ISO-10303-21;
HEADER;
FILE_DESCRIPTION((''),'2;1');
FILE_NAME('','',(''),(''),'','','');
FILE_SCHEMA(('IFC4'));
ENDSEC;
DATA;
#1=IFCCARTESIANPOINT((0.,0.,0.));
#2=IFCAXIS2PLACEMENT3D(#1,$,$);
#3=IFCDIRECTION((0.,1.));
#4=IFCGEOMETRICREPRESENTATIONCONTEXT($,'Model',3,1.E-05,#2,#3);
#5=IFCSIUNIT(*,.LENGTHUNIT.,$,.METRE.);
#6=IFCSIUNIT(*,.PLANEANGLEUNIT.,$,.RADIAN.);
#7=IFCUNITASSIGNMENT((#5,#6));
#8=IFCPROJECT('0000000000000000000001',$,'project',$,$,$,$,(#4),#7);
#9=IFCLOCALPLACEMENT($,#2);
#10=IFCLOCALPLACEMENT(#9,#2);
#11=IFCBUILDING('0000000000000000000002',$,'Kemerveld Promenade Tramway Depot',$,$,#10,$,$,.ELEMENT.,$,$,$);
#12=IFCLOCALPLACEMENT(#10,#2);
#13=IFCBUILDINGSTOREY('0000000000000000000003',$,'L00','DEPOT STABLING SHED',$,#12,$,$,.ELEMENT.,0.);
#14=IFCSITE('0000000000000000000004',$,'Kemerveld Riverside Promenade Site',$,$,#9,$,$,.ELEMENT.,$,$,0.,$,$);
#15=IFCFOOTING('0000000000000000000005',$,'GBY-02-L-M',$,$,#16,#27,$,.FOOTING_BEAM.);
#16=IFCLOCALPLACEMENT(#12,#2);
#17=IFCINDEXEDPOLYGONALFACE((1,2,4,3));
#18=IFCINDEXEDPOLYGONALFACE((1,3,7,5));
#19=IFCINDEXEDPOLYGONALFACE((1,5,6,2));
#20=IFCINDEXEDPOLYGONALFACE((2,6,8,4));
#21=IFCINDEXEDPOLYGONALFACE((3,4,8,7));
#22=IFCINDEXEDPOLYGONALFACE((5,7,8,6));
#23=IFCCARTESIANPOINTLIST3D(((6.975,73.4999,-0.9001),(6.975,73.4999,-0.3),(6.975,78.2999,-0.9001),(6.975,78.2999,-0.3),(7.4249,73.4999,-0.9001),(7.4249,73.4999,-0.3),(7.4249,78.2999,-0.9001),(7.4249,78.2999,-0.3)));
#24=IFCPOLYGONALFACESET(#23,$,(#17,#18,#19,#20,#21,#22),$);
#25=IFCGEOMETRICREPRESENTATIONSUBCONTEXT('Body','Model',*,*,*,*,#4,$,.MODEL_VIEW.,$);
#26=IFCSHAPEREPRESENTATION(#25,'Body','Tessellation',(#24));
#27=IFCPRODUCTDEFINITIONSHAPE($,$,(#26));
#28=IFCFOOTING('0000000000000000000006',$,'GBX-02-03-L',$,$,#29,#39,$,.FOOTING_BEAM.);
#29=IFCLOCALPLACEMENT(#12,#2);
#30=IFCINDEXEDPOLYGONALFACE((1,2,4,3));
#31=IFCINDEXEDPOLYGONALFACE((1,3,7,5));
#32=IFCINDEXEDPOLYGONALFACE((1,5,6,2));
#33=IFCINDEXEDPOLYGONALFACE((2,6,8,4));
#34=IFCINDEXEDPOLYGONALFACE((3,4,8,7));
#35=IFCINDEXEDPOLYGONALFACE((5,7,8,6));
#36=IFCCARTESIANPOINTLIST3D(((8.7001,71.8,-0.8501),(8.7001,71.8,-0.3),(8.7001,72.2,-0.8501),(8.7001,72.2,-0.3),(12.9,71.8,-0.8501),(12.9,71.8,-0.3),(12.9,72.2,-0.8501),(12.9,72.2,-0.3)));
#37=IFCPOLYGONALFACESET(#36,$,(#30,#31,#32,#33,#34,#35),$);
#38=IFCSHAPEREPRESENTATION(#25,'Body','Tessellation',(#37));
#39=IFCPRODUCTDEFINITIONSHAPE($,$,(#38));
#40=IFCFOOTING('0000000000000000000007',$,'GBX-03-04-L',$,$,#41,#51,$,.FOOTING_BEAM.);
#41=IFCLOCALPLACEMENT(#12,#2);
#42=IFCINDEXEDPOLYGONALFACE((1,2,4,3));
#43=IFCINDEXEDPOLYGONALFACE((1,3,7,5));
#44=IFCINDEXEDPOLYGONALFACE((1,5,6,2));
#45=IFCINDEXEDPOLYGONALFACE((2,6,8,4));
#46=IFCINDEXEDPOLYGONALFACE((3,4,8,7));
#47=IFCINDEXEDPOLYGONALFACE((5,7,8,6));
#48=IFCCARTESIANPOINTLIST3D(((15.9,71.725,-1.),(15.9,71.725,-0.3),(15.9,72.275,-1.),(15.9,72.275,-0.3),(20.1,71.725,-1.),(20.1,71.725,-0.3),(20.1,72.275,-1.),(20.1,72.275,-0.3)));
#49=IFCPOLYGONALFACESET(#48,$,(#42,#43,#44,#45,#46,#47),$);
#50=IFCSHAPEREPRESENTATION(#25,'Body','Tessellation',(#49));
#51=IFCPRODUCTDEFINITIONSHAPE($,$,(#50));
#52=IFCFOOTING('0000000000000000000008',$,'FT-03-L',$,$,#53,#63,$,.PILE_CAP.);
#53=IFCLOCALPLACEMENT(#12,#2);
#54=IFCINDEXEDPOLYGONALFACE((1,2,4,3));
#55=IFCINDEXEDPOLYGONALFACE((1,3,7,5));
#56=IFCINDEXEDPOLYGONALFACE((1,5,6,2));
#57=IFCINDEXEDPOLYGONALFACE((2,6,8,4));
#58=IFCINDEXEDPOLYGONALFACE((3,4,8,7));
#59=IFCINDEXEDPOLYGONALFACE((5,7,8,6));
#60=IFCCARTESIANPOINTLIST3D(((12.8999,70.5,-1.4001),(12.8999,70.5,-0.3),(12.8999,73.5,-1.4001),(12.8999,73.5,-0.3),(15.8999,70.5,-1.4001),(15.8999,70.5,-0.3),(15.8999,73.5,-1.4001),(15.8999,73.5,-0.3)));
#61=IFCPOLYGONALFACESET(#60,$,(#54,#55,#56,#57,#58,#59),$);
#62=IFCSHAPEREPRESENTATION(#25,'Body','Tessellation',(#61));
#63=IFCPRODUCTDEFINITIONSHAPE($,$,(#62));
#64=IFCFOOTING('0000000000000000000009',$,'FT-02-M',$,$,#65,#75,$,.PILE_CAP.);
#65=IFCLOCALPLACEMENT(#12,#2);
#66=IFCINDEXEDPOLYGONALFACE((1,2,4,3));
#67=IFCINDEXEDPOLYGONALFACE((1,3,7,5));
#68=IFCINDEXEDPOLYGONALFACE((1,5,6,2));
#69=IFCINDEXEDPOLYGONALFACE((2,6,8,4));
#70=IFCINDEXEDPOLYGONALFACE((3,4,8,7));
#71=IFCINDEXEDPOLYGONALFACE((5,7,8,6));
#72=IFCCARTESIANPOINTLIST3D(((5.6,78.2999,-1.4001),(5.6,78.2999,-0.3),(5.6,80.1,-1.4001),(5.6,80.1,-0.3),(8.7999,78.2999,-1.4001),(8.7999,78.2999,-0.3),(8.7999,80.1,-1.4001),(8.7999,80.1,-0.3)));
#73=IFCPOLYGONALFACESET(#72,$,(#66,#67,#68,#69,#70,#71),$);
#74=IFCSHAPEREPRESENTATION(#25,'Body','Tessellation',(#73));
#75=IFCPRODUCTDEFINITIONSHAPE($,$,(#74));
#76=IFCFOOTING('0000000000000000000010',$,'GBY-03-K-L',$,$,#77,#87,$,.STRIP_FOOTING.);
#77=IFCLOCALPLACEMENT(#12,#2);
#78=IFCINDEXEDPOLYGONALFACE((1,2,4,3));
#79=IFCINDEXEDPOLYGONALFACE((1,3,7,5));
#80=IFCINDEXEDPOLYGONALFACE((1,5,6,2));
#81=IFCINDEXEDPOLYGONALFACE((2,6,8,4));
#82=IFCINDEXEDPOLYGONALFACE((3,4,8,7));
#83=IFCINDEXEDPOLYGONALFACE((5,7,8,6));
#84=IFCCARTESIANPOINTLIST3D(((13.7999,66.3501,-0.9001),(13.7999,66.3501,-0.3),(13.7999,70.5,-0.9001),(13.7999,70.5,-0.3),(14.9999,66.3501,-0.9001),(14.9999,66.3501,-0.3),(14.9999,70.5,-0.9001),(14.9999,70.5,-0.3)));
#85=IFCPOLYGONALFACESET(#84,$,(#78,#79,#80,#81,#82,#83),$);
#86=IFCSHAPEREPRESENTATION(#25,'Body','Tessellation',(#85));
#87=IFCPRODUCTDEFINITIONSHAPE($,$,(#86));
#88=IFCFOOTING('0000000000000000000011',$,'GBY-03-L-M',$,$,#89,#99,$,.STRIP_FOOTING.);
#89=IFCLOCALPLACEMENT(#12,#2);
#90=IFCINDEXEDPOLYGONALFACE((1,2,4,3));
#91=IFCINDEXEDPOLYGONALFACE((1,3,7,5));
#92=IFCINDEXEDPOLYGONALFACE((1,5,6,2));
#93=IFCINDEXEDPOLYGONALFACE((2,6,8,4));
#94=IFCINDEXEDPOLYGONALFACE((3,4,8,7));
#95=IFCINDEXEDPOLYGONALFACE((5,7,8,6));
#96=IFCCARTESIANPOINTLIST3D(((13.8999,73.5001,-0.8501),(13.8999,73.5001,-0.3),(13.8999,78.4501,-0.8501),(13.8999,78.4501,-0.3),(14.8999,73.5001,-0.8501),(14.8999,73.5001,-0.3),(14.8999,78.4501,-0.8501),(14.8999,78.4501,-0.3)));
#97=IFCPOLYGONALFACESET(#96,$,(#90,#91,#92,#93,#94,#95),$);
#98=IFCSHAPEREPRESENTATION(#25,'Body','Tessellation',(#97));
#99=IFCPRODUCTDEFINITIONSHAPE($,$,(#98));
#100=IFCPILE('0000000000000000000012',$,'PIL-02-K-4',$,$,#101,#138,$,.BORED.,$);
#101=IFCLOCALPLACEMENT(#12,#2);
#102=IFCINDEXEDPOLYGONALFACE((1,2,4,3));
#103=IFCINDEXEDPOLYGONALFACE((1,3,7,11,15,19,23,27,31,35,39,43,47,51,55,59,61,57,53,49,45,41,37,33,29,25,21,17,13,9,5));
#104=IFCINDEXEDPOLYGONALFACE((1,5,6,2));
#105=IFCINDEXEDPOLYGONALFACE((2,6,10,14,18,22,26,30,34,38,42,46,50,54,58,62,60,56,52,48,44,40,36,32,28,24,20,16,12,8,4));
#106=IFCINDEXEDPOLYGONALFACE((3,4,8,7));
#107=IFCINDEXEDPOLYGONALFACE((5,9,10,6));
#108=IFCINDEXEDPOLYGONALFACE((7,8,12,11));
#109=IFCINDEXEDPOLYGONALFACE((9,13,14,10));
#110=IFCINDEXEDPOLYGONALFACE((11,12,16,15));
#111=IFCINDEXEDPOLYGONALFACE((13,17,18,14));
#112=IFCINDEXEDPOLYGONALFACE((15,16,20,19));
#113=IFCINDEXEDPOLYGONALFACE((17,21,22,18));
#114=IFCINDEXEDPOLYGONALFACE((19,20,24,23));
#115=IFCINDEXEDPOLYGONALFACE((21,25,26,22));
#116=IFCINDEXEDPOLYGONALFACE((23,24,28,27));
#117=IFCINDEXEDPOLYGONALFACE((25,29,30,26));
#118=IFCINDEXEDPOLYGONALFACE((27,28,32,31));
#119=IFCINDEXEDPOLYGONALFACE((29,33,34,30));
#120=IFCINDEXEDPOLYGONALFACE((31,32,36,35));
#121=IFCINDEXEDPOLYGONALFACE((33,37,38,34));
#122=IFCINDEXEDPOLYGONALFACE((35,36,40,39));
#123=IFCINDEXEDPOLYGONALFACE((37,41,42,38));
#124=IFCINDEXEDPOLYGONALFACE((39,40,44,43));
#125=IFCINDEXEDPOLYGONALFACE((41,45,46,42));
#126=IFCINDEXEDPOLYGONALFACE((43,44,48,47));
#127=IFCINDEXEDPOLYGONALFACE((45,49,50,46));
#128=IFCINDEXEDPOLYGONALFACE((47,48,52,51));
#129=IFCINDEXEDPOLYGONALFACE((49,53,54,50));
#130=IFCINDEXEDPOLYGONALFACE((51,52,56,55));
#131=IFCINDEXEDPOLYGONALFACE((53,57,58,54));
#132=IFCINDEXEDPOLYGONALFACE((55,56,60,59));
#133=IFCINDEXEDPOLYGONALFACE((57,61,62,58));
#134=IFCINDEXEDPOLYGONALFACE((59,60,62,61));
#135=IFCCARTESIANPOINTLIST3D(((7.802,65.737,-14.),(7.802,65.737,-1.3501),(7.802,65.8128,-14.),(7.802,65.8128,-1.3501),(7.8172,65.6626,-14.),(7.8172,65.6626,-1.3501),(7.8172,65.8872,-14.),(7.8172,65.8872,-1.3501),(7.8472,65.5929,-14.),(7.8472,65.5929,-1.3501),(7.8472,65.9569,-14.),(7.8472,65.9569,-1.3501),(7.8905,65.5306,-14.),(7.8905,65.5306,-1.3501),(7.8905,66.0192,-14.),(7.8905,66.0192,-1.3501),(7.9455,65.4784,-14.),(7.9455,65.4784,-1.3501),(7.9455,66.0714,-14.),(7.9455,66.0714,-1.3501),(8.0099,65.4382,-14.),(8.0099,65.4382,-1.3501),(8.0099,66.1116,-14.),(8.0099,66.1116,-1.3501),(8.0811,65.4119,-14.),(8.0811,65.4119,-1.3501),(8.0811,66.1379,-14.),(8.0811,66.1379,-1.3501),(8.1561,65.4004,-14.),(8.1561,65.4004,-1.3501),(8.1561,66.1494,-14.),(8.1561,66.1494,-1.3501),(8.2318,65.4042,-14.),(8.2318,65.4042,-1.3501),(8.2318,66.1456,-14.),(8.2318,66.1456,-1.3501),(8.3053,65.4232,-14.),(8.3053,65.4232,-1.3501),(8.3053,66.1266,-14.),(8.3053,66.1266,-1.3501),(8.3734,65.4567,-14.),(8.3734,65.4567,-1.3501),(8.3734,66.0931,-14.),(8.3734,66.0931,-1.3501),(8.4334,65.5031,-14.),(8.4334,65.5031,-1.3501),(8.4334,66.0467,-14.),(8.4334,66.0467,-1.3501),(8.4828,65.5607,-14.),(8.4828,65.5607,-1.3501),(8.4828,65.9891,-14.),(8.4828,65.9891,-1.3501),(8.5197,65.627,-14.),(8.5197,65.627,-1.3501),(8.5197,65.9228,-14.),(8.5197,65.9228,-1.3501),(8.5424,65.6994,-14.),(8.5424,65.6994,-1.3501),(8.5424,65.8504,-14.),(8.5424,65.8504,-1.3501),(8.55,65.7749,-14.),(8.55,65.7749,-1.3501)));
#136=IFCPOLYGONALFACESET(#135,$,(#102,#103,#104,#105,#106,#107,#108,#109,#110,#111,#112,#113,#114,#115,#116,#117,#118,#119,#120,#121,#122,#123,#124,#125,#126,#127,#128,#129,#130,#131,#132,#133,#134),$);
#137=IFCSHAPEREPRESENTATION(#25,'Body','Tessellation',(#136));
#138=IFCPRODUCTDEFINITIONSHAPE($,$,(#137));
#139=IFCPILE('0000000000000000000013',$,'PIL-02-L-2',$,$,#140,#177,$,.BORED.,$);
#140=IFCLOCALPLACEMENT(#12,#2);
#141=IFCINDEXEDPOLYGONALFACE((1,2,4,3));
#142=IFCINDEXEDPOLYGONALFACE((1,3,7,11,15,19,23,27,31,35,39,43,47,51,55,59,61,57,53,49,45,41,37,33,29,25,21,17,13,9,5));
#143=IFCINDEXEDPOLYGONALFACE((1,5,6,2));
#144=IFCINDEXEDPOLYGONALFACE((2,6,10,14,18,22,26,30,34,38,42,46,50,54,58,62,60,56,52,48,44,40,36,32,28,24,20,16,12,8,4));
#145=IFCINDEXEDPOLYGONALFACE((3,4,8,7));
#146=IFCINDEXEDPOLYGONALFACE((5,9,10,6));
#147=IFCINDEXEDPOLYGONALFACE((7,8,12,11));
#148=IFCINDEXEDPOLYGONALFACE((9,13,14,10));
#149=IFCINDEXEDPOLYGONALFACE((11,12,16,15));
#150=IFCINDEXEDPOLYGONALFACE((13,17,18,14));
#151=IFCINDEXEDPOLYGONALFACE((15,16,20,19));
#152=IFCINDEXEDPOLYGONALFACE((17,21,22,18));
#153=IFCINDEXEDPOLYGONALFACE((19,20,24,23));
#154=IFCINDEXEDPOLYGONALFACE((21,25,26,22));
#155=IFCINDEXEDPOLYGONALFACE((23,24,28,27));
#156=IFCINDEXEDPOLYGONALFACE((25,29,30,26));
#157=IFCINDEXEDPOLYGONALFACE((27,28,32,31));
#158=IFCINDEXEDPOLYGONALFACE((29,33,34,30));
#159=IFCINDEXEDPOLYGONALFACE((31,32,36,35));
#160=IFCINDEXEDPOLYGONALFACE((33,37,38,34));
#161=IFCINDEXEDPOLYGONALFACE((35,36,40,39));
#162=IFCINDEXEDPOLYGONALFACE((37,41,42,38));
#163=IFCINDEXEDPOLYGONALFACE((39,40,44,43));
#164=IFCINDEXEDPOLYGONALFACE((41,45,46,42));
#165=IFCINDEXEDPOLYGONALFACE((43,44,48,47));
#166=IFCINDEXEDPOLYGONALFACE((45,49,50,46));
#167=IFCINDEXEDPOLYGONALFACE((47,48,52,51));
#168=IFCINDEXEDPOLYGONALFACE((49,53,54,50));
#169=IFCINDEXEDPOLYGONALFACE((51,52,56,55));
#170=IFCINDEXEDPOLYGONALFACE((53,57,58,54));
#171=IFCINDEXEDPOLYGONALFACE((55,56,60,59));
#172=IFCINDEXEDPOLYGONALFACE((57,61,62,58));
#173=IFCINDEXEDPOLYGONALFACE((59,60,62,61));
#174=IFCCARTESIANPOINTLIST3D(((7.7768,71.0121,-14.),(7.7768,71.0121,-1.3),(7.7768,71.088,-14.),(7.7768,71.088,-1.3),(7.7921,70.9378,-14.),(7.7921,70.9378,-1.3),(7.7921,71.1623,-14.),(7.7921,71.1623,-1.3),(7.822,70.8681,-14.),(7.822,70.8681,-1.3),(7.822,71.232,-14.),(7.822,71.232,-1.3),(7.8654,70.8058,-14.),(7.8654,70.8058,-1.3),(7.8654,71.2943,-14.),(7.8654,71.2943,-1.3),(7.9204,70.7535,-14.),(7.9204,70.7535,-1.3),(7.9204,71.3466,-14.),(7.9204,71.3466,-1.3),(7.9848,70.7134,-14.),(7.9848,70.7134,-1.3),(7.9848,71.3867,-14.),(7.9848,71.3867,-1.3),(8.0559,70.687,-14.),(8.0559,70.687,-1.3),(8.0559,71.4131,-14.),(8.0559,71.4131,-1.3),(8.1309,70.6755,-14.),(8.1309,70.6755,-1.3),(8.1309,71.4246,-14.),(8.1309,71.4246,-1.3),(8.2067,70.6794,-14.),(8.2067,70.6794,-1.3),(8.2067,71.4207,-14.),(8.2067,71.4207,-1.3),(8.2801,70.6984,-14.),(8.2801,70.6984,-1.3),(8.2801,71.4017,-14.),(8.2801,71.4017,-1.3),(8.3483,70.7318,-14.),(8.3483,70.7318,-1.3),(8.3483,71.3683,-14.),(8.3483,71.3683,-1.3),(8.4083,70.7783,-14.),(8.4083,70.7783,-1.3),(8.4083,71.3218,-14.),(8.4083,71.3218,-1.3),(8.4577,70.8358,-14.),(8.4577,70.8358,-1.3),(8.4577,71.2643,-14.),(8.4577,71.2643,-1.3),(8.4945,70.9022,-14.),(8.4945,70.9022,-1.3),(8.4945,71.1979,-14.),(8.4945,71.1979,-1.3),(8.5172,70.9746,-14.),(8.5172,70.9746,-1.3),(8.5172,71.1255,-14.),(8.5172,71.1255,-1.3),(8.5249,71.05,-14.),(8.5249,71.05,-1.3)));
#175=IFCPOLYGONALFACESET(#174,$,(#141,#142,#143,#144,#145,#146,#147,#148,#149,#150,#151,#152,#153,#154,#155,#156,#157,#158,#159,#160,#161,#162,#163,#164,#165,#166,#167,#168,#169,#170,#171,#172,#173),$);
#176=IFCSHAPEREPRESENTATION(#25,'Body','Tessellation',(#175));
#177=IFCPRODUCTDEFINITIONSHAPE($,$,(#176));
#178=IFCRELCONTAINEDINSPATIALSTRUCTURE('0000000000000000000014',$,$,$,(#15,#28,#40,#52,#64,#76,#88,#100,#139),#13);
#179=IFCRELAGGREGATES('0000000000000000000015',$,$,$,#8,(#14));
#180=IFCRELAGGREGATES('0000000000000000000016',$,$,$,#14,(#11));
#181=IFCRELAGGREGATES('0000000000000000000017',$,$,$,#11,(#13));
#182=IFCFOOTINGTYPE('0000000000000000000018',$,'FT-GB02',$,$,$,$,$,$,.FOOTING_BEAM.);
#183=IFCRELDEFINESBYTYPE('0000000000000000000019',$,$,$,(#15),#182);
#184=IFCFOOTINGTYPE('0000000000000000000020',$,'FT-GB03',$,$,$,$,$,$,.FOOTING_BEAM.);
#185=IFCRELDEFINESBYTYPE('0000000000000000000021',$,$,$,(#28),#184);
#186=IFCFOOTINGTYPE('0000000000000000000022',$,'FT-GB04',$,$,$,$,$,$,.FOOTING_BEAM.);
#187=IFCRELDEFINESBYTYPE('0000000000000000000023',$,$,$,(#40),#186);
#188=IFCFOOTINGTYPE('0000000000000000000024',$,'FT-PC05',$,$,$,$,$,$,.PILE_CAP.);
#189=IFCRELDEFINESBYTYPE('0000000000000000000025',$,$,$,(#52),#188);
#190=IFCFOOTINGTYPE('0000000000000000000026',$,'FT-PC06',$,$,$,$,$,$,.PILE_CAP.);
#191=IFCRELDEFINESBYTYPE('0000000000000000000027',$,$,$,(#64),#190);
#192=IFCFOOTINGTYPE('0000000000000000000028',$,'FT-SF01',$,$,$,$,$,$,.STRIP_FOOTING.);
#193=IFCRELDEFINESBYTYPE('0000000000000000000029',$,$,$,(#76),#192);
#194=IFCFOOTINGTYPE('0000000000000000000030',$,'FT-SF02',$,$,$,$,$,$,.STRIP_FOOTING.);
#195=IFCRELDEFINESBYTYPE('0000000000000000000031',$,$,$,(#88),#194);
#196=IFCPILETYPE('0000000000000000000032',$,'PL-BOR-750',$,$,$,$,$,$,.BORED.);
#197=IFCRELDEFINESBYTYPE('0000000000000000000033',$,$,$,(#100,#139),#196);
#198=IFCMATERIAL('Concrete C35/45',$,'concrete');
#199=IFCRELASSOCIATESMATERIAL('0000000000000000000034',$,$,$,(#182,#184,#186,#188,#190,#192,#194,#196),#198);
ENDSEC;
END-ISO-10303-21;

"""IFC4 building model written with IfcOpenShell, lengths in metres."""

from ifc_helpers import new_model, si_unit, direction, frame, origin, origin_2d, place, context, subcontext, project, spatial, rectangle, circle, extrude, material, material_profile, profile_set, type_object, element, save


model = new_model("IFC4")

# Units and contexts
model_context = context("Model", 3, precision=1e-05, world=origin(), true_north=direction((0.0, 1.0)))
body_context = subcontext(model_context, "Body", "Model", "MODEL_VIEW")
ifc_project = project(units=[si_unit("LENGTHUNIT", "METRE"), si_unit("PLANEANGLEUNIT", "RADIAN")], contexts=[model_context])

# Site, building, storey
site_placement = place(None, origin())
site = spatial("IfcSite", under=ifc_project, at=site_placement, Name="Kemerveld Riverside Promenade Site", CompositionType="ELEMENT", RefElevation=0.0)
building_placement = place(site_placement, origin())
building = spatial("IfcBuilding", under=site, at=building_placement, Name="Kemerveld Promenade Tramway Depot", CompositionType="ELEMENT")
storey_placement = place(building_placement, origin())
storey = spatial("IfcBuildingStorey", under=building, at=storey_placement, Name="L00", Description="DEPOT STABLING SHED", CompositionType="ELEMENT", Elevation=0.0)

# Footings
ifc_material_1 = material(Name="Concrete C35/45", Category="concrete")
footing_type_1 = type_object("IfcFootingType", Name="FT-GB02", PredefinedType="FOOTING_BEAM", material=ifc_material_1)
footing_1_placement = place(storey_placement, frame((7.2, 75.8999, -0.9001), z_axis=(0.0, 0.0, 1.0), x_axis=(0.0, 1.0, 0.0)))
element("IfcFooting", 1, at=footing_1_placement, inside=storey, type_object=footing_type_1, Name="GBY-02-L-M", PredefinedType="FOOTING_BEAM", context=body_context, shape_type="SweptSolid", body=[
    extrude(rectangle(XDim=4.8, YDim=0.45, at=origin_2d()), origin(), (0.0, 0.0, 1.0), 0.6001),
])
footing_type_2 = type_object("IfcFootingType", Name="FT-GB03", PredefinedType="FOOTING_BEAM", material=ifc_material_1)
footing_2_placement = place(storey_placement, frame((10.8, 72.0, -0.8501), z_axis=(0.0, 0.0, 1.0), x_axis=(1.0, 0.0, 0.0)))
element("IfcFooting", 2, at=footing_2_placement, inside=storey, type_object=footing_type_2, Name="GBX-02-03-L", PredefinedType="FOOTING_BEAM", context=body_context, shape_type="SweptSolid", body=[
    extrude(rectangle(XDim=4.2, YDim=0.3999, at=origin_2d()), origin(), (0.0, 0.0, 1.0), 0.55),
])
footing_type_3 = type_object("IfcFootingType", Name="FT-GB04", PredefinedType="FOOTING_BEAM", material=ifc_material_1)
footing_3_placement = place(storey_placement, frame((18.0, 72.0, -1.0), z_axis=(0.0, 0.0, 1.0), x_axis=(1.0, 0.0, 0.0)))
element("IfcFooting", 3, at=footing_3_placement, inside=storey, type_object=footing_type_3, Name="GBX-03-04-L", PredefinedType="FOOTING_BEAM", context=body_context, shape_type="SweptSolid", body=[
    extrude(rectangle(XDim=4.2, YDim=0.55, at=origin_2d()), origin(), (0.0, 0.0, 1.0), 0.7),
])
footing_type_4 = type_object("IfcFootingType", Name="FT-PC05", PredefinedType="PILE_CAP", material=ifc_material_1)
footing_4_placement = place(storey_placement, frame((14.3999, 72.0, -1.4001), z_axis=(0.0, 0.0, 1.0), x_axis=(1.0, 0.0, 0.0)))
element("IfcFooting", 4, at=footing_4_placement, inside=storey, type_object=footing_type_4, Name="FT-03-L", PredefinedType="PILE_CAP", context=body_context, shape_type="SweptSolid", body=[
    extrude(rectangle(XDim=3.0, YDim=3.0, at=origin_2d()), origin(), (0.0, 0.0, 1.0), 1.1001),
])
footing_type_5 = type_object("IfcFootingType", Name="FT-PC06", PredefinedType="PILE_CAP", material=ifc_material_1)
footing_5_placement = place(storey_placement, frame((7.2, 79.2, -1.4001), z_axis=(0.0, 0.0, 1.0), x_axis=(1.0, 0.0, 0.0)))
element("IfcFooting", 5, at=footing_5_placement, inside=storey, type_object=footing_type_5, Name="FT-02-M", PredefinedType="PILE_CAP", context=body_context, shape_type="SweptSolid", body=[
    extrude(rectangle(XDim=3.2, YDim=1.8, at=origin_2d()), origin(), (0.0, 0.0, 1.0), 1.1001),
])
footing_type_6 = type_object("IfcFootingType", Name="FT-SF01", PredefinedType="STRIP_FOOTING", material=ifc_material_1)
footing_6_placement = place(storey_placement, frame((14.3999, 68.425, -0.9001), z_axis=(0.0, 0.0, 1.0), x_axis=(0.0, 1.0, 0.0)))
element("IfcFooting", 6, at=footing_6_placement, inside=storey, type_object=footing_type_6, Name="GBY-03-K-L", PredefinedType="STRIP_FOOTING", context=body_context, shape_type="SweptSolid", body=[
    extrude(rectangle(XDim=4.1499, YDim=1.2, at=origin_2d()), origin(), (0.0, 0.0, 1.0), 0.6001),
])
footing_type_7 = type_object("IfcFootingType", Name="FT-SF02", PredefinedType="STRIP_FOOTING", material=ifc_material_1)
footing_7_placement = place(storey_placement, frame((14.3999, 75.9751, -0.8501), z_axis=(0.0, 0.0, 1.0), x_axis=(0.0, 1.0, 0.0)))
element("IfcFooting", 7, at=footing_7_placement, inside=storey, type_object=footing_type_7, Name="GBY-03-L-M", PredefinedType="STRIP_FOOTING", context=body_context, shape_type="SweptSolid", body=[
    extrude(rectangle(XDim=4.95, YDim=1.0, at=origin_2d()), origin(), (0.0, 0.0, 1.0), 0.55),
])

# Piles
ifc_material_profile_1 = material_profile(ifc_material_1, circle(Radius=0.375, at=origin_2d()), Name="PILE-D750")
ifc_profile_set_1 = profile_set([ifc_material_profile_1], Name="Concrete C35/45")
pile_type = type_object("IfcPileType", Name="PL-BOR-750", PredefinedType="BORED", material=ifc_profile_set_1)
pile_placement = place(storey_placement, frame((8.175, 65.7749, -1.3501), z_axis=(0.0, 0.0, -1.0), x_axis=(1.0, 0.0, 0.0)))
element("IfcPile", 8, at=pile_placement, inside=storey, type_object=pile_type, Name="PIL-02-K-4", PredefinedType="BORED", context=body_context, shape_type="SweptSolid", body=[
    extrude(circle(Radius=0.375, at=origin_2d()), origin(), (0.0, 0.0, 1.0), 12.6499),
])
for number, where, z_axis, x_axis, name in (
    (9, (8.1499, 71.05, -1.3), (0.0, 0.0, -1.0), (1.0, 0.0, 0.0), "PIL-02-L-2"),
):
    element("IfcPile", number, at=place(storey_placement, frame(where, z_axis=z_axis, x_axis=x_axis)), inside=storey, type_object=pile_type, Name=name, PredefinedType="BORED", context=body_context, shape_type="SweptSolid", body=[
        extrude(circle(Radius=0.375, at=origin_2d()), origin(), (0.0, 0.0, 1.0), 12.7),
    ])

save(model, "model.ifc")
